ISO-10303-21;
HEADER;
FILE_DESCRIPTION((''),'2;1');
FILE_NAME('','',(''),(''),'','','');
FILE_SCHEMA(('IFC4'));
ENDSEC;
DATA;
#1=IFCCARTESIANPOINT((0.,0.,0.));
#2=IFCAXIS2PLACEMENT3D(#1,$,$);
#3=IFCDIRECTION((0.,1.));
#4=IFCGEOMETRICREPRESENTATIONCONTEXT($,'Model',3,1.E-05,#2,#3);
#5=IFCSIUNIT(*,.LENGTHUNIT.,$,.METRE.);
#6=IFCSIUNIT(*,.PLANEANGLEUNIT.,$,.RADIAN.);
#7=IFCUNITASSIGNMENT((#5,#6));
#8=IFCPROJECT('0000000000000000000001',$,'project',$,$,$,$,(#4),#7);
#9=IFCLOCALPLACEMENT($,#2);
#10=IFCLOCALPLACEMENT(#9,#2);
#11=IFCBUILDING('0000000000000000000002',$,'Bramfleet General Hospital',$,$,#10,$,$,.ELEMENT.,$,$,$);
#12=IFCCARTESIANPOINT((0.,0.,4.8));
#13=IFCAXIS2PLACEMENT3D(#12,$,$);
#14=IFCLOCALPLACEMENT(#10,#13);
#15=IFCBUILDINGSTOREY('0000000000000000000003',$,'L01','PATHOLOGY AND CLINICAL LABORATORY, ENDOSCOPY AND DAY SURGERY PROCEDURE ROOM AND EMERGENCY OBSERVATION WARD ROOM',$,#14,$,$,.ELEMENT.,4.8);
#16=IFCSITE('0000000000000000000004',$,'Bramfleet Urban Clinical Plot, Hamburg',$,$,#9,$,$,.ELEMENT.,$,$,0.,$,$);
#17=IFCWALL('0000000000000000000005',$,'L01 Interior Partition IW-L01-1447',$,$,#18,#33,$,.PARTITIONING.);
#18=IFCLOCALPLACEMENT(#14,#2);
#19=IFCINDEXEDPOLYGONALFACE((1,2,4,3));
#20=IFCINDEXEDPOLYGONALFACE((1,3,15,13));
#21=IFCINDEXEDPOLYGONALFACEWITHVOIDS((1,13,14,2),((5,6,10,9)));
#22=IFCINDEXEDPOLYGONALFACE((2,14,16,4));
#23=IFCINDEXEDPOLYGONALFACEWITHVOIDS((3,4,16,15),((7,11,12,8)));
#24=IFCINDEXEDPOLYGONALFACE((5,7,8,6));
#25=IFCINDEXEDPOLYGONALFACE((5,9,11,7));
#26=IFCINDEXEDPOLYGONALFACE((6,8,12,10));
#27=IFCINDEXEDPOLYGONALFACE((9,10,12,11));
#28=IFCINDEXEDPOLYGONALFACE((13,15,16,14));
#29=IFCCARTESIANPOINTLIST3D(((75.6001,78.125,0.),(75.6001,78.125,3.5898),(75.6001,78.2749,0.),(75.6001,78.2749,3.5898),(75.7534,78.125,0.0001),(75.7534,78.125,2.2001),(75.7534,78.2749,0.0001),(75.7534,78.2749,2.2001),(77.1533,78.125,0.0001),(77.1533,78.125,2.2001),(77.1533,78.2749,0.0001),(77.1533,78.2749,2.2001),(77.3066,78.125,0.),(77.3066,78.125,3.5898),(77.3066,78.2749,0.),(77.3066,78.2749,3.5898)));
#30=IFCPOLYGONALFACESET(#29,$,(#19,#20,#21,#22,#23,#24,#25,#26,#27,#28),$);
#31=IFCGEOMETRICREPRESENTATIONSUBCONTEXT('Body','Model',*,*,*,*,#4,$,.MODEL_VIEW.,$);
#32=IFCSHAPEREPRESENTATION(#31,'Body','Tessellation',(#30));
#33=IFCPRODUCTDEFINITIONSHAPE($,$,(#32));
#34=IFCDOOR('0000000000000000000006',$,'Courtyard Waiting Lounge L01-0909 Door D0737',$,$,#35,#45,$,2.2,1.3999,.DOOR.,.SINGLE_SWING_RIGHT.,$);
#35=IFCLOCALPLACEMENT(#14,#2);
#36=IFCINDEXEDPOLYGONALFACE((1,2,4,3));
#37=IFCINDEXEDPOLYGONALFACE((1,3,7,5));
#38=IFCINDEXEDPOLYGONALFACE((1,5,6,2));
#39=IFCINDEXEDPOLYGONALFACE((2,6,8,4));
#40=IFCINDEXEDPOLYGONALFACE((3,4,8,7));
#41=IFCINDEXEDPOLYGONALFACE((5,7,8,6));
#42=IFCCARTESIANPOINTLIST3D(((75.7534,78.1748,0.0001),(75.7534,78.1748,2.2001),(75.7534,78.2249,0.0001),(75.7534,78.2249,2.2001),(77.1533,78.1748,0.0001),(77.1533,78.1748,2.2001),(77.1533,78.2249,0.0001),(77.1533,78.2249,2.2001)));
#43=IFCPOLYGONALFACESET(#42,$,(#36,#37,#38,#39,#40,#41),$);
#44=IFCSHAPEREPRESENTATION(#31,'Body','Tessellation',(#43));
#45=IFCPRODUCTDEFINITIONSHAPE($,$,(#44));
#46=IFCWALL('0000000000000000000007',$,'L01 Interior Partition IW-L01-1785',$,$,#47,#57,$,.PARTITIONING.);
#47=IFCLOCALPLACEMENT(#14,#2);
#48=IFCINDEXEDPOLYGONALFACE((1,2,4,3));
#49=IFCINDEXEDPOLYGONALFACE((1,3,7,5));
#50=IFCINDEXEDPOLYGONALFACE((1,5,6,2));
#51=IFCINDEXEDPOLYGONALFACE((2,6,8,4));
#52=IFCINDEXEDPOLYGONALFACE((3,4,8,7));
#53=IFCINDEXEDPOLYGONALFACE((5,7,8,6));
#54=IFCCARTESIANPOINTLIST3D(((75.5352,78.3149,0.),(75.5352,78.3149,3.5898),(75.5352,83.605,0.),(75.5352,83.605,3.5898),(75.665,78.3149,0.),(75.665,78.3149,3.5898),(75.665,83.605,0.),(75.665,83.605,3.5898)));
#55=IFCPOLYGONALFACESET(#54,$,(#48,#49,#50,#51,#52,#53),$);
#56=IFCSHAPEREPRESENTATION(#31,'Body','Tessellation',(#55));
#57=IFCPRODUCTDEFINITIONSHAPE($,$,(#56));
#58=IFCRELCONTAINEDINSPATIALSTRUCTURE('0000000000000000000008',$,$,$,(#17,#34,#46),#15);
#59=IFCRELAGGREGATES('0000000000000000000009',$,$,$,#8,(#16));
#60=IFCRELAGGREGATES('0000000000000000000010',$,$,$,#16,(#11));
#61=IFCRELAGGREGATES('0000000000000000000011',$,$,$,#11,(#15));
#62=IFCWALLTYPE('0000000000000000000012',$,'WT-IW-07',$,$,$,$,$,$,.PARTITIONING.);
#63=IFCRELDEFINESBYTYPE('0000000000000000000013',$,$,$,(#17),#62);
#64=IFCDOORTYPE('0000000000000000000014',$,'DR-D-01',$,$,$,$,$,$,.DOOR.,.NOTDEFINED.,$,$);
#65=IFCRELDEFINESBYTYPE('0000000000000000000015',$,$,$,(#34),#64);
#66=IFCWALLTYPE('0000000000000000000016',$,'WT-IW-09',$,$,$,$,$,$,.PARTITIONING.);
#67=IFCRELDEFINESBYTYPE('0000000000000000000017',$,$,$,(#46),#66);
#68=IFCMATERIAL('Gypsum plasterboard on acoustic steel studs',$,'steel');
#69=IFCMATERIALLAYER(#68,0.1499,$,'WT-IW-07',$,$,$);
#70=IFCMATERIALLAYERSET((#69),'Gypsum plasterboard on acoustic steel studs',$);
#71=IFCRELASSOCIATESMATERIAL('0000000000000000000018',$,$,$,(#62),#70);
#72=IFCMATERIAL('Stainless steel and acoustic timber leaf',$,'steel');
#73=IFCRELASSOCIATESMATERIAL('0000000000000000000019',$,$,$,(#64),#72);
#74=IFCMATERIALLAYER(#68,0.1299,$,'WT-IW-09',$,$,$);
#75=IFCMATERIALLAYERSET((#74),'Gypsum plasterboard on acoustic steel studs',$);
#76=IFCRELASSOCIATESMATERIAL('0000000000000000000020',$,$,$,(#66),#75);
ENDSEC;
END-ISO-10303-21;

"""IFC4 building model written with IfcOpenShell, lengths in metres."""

from ifc_helpers import new_model, si_unit, direction, frame, frame_2d, origin, place, context, subcontext, project, spatial, rectangle, extrude, material, layer, layer_set, type_object, element, fill, save


model = new_model("IFC4")

# Units and contexts
model_context = context("Model", 3, precision=1e-05, world=origin(), true_north=direction((0.0, 1.0)))
body_context = subcontext(model_context, "Body", "Model", "MODEL_VIEW")
ifc_project = project(units=[si_unit("LENGTHUNIT", "METRE"), si_unit("PLANEANGLEUNIT", "RADIAN")], contexts=[model_context])

# Site, building, storey
site_placement = place(None, origin())
site = spatial("IfcSite", under=ifc_project, at=site_placement, Name="Bramfleet Urban Clinical Plot, Hamburg", CompositionType="ELEMENT", RefElevation=0.0)
building_placement = place(site_placement, origin())
building = spatial("IfcBuilding", under=site, at=building_placement, Name="Bramfleet General Hospital", CompositionType="ELEMENT")
storey_placement = place(building_placement, frame((0.0, 0.0, 4.8)))
storey = spatial("IfcBuildingStorey", under=building, at=storey_placement, Name="L01", Description="PATHOLOGY AND CLINICAL LABORATORY, ENDOSCOPY AND DAY SURGERY PROCEDURE ROOM AND EMERGENCY OBSERVATION WARD ROOM", CompositionType="ELEMENT", Elevation=4.8)

# Wall, opening, door
ifc_material_1 = material(Name="Gypsum plasterboard on acoustic steel studs", Category="steel")
ifc_layer_1 = layer(ifc_material_1, 0.1499, Name="WT-IW-07")
ifc_layer_set_1 = layer_set([ifc_layer_1], Name="Gypsum plasterboard on acoustic steel studs")
wall_type_1 = type_object("IfcWallType", Name="WT-IW-07", PredefinedType="PARTITIONING", material=ifc_layer_set_1)
wall_1_placement = place(storey_placement, frame((75.6001, 78.2, 0.0), z_axis=(0.0, 0.0, 1.0), x_axis=(1.0, 0.0, 0.0)))
wall_1 = element("IfcWall", 1, at=wall_1_placement, inside=storey, type_object=wall_type_1, Name="L01 Interior Partition IW-L01-1447", PredefinedType="PARTITIONING", context=body_context, shape_type="SweptSolid", body=[
    extrude(rectangle(XDim=1.7065, YDim=0.1499, at=frame_2d((0.8533, 0.0))), origin(), (0.0, 0.0, 1.0), 3.5898),
])
opening_placement = place(wall_1_placement, frame((0.1533, 0.0, 0.0)))
opening = element("IfcOpeningElement", 2, at=opening_placement, cuts=wall_1, PredefinedType="OPENING", context=body_context, shape_type="SweptSolid", body=[
    extrude(rectangle(XDim=1.3999, YDim=2.2, at=frame_2d((0.7, 1.1001))), frame((0.0, 0.085, 0.0), z_axis=(0.0, -1.0, 0.0), x_axis=(1.0, 0.0, 0.0)), (0.0, 0.0, 1.0), 0.1699),
])
ifc_material_2 = material(Name="Stainless steel and acoustic timber leaf", Category="steel")
door_type = type_object("IfcDoorType", Name="DR-D-01", OperationType="NOTDEFINED", PredefinedType="DOOR", material=ifc_material_2)
door_placement = place(opening_placement, origin())
door = element("IfcDoor", 3, at=door_placement, inside=storey, type_object=door_type, Name="Courtyard Waiting Lounge L01-0909 Door D0737", OperationType="SINGLE_SWING_RIGHT", OverallHeight=2.2, OverallWidth=1.3999, PredefinedType="DOOR", context=body_context, shape_type="SweptSolid", body=[
    extrude(rectangle(XDim=1.3999, YDim=2.2, at=frame_2d((0.7, 1.1001))), frame((0.0, 0.0249, 0.0), z_axis=(0.0, -1.0, 0.0), x_axis=(1.0, 0.0, 0.0)), (0.0, 0.0, 1.0), 0.05),
])
fill(opening, door)

# Wall
ifc_layer_2 = layer(ifc_material_1, 0.1299, Name="WT-IW-09")
ifc_layer_set_2 = layer_set([ifc_layer_2], Name="Gypsum plasterboard on acoustic steel studs")
wall_type_2 = type_object("IfcWallType", Name="WT-IW-09", PredefinedType="PARTITIONING", material=ifc_layer_set_2)
wall_2_placement = place(storey_placement, frame((75.6001, 78.3149, 0.0), z_axis=(0.0, 0.0, 1.0), x_axis=(0.0, 1.0, 0.0)))
element("IfcWall", 4, at=wall_2_placement, inside=storey, type_object=wall_type_2, Name="L01 Interior Partition IW-L01-1785", PredefinedType="PARTITIONING", context=body_context, shape_type="SweptSolid", body=[
    extrude(rectangle(XDim=5.29, YDim=0.1299, at=frame_2d((2.645, 0.0))), origin(), (0.0, 0.0, 1.0), 3.5898),
])

save(model, "model.ifc")
